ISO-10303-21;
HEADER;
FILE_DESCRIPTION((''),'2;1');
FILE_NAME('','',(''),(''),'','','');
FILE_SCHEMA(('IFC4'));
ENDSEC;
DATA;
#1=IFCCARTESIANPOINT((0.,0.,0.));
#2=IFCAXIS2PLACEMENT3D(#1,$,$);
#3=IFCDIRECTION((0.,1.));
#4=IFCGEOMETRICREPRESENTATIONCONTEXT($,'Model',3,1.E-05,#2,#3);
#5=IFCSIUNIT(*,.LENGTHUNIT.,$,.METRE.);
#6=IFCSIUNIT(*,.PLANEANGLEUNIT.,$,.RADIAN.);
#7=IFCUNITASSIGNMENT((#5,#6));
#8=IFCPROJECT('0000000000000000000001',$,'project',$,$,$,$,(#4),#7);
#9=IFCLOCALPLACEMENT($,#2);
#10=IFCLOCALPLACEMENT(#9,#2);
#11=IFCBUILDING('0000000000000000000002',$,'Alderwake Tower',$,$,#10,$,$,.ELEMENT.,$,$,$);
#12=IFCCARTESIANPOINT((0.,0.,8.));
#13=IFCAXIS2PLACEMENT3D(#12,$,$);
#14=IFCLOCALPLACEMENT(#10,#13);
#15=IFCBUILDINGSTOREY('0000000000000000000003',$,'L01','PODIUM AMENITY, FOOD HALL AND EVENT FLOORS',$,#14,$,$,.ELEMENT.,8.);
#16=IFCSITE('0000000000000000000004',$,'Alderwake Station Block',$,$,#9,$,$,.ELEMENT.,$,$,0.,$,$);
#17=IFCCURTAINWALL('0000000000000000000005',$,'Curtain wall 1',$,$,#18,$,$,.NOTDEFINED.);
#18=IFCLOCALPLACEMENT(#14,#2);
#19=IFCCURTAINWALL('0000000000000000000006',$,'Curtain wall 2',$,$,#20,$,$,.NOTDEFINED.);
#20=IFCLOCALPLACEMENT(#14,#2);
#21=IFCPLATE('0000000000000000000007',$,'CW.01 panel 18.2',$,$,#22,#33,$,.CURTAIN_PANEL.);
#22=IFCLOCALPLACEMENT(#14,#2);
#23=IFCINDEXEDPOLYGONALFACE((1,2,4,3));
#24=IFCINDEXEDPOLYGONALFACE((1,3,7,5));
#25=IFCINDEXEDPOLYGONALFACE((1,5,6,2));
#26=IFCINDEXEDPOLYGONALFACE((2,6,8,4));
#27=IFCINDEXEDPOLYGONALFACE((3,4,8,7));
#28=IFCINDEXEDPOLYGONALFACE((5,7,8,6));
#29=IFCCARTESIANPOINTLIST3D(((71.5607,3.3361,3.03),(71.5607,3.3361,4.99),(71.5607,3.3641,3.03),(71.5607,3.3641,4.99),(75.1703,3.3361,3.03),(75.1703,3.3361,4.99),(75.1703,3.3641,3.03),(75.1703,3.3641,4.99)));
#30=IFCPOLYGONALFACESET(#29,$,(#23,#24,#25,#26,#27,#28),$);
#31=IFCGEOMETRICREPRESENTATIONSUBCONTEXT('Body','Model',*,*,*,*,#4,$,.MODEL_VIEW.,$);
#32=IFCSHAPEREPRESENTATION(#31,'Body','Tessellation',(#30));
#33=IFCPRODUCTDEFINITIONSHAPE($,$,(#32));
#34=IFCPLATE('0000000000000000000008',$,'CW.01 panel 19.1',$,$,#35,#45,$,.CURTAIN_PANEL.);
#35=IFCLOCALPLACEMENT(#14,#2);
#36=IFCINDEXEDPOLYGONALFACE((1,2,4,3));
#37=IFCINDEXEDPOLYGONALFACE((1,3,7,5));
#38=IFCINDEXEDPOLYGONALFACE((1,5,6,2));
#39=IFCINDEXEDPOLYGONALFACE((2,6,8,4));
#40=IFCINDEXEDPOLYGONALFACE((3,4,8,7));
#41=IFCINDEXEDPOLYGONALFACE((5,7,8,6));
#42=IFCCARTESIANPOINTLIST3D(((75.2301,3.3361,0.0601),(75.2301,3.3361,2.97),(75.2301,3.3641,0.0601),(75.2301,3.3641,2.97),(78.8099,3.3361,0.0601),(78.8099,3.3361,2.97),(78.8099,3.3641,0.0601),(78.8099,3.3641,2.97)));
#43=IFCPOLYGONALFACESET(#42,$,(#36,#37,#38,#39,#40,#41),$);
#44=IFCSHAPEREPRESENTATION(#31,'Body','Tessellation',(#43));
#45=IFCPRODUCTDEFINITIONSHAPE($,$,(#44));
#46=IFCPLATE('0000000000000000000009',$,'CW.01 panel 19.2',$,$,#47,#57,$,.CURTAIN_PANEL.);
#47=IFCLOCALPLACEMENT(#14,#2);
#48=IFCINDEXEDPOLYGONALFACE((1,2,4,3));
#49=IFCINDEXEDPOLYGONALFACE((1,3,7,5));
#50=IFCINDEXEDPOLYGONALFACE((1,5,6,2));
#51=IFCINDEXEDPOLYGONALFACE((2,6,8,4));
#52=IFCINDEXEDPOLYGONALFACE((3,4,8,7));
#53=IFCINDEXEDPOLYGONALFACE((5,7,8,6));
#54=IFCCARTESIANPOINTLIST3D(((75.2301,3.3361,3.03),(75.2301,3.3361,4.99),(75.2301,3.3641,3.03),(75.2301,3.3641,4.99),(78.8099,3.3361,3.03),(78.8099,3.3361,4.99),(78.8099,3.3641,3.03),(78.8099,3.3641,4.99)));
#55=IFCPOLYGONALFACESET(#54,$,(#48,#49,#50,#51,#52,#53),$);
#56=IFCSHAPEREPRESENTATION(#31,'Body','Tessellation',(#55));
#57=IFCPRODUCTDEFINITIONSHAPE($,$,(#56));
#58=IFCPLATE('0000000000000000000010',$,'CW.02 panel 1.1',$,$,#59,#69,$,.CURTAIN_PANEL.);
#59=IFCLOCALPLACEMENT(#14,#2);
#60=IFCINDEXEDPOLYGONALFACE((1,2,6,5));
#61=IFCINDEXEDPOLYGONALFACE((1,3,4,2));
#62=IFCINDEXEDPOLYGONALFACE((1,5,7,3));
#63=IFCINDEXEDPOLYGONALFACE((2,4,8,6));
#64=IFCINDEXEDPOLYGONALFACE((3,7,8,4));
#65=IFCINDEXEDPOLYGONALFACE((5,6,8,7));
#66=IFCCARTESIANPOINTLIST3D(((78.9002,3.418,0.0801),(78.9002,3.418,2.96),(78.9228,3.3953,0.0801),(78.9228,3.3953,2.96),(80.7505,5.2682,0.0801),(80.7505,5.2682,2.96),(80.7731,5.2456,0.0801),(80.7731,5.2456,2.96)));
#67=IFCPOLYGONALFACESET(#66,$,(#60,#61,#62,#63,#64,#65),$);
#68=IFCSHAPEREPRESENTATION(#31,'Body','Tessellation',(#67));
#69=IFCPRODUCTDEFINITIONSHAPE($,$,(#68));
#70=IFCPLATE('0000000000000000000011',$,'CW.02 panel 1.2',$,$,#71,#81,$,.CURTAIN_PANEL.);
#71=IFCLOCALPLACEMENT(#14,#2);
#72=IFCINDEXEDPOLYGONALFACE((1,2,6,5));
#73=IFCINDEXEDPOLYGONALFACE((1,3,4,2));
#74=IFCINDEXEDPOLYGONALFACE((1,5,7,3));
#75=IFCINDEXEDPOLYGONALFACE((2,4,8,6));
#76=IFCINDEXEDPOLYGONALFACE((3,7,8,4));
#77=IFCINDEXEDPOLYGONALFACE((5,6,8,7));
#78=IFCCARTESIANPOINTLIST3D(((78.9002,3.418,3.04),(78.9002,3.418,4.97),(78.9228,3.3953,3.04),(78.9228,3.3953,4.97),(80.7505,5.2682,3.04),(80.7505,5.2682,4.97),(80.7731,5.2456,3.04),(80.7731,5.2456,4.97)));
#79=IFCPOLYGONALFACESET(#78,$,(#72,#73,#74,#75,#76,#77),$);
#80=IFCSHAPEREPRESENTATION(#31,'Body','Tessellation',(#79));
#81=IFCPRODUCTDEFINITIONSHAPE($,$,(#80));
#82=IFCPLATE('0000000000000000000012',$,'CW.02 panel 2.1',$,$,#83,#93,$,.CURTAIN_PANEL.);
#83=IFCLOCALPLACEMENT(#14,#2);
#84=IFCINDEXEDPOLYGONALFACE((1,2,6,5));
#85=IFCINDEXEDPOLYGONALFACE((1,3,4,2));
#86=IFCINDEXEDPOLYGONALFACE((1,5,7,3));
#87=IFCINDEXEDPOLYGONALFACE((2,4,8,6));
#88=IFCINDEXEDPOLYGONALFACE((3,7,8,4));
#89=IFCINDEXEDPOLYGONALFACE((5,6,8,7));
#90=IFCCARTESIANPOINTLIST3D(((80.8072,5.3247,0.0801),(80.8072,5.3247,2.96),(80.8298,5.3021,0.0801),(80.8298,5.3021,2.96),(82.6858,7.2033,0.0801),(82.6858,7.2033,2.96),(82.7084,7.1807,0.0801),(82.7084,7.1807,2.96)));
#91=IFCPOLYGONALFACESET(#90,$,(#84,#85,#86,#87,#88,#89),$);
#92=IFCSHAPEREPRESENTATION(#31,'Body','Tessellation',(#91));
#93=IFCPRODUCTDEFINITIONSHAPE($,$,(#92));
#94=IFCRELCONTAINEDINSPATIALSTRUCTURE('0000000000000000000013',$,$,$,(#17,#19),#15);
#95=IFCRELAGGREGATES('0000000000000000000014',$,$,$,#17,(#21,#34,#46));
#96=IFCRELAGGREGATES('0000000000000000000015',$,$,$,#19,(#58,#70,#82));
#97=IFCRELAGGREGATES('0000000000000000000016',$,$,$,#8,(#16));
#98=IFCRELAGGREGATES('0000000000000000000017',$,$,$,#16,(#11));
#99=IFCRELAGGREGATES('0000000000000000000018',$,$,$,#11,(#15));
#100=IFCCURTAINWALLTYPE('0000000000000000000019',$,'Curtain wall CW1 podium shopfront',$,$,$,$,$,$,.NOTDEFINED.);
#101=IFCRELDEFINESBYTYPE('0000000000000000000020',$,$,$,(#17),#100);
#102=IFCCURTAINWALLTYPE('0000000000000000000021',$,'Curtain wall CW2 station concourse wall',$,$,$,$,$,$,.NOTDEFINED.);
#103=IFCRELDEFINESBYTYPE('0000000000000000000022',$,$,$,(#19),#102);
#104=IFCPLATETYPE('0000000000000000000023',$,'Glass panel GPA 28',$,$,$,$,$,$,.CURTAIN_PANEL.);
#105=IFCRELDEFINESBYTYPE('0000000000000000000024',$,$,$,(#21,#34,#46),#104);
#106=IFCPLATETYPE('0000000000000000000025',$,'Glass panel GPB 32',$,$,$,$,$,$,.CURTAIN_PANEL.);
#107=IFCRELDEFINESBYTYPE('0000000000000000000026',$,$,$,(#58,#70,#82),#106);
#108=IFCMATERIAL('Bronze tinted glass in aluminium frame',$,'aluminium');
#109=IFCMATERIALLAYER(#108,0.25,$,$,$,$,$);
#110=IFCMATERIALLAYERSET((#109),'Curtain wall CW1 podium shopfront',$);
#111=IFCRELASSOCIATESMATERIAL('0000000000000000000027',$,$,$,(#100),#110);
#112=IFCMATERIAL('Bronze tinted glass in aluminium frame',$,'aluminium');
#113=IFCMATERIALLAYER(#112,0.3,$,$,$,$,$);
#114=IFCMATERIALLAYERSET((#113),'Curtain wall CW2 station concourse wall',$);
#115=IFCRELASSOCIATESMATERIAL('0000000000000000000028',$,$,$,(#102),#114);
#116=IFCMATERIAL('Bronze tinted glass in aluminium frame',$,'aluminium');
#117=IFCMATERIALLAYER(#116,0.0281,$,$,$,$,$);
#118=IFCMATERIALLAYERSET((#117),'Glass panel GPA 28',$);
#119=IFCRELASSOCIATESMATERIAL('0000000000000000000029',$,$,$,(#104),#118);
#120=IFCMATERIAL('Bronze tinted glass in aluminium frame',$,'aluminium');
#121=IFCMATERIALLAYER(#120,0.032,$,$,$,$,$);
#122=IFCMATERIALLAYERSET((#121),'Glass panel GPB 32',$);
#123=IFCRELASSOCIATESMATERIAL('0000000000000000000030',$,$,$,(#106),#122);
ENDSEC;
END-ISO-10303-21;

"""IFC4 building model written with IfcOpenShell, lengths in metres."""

from ifc_helpers import new_model, si_unit, direction, frame, origin, origin_2d, place, context, subcontext, project, spatial, rectangle, extrude, material, layer, layer_set, type_object, element, aggregate, save


model = new_model("IFC4")

# Units and contexts
model_context = context("Model", 3, precision=1e-05, world=origin(), true_north=direction((0.0, 1.0)))
body_context = subcontext(model_context, "Body", "Model", "MODEL_VIEW")
ifc_project = project(units=[si_unit("LENGTHUNIT", "METRE"), si_unit("PLANEANGLEUNIT", "RADIAN")], contexts=[model_context])

# Site, building, storey
site_placement = place(None, origin())
site = spatial("IfcSite", under=ifc_project, at=site_placement, Name="Alderwake Station Block", CompositionType="ELEMENT", RefElevation=0.0)
building_placement = place(site_placement, origin())
building = spatial("IfcBuilding", under=site, at=building_placement, Name="Alderwake Tower", CompositionType="ELEMENT")
storey_placement = place(building_placement, frame((0.0, 0.0, 8.0)))
storey = spatial("IfcBuildingStorey", under=building, at=storey_placement, Name="L01", Description="PODIUM AMENITY, FOOD HALL AND EVENT FLOORS", CompositionType="ELEMENT", Elevation=8.0)

# Curtain walls
ifc_material_1 = material(Name="Bronze tinted glass in aluminium frame", Category="aluminium")
ifc_layer_1 = layer(ifc_material_1, 0.25)
ifc_layer_set_1 = layer_set([ifc_layer_1], Name="Curtain wall CW1 podium shopfront")
curtain_wall_type_1 = type_object("IfcCurtainWallType", Name="Curtain wall CW1 podium shopfront", PredefinedType="NOTDEFINED", material=ifc_layer_set_1)
curtain_wall_1_placement = place(storey_placement, origin())
curtain_wall_1 = element("IfcCurtainWall", 1, at=curtain_wall_1_placement, inside=storey, type_object=curtain_wall_type_1, Name="Curtain wall 1", PredefinedType="NOTDEFINED")
ifc_material_2 = material(Name="Bronze tinted glass in aluminium frame", Category="aluminium")
ifc_layer_2 = layer(ifc_material_2, 0.3)
ifc_layer_set_2 = layer_set([ifc_layer_2], Name="Curtain wall CW2 station concourse wall")
curtain_wall_type_2 = type_object("IfcCurtainWallType", Name="Curtain wall CW2 station concourse wall", PredefinedType="NOTDEFINED", material=ifc_layer_set_2)
curtain_wall_2_placement = place(storey_placement, origin())
curtain_wall_2 = element("IfcCurtainWall", 2, at=curtain_wall_2_placement, inside=storey, type_object=curtain_wall_type_2, Name="Curtain wall 2", PredefinedType="NOTDEFINED")

# Plates
ifc_material_3 = material(Name="Bronze tinted glass in aluminium frame", Category="aluminium")
ifc_layer_3 = layer(ifc_material_3, 0.0281)
ifc_layer_set_3 = layer_set([ifc_layer_3], Name="Glass panel GPA 28")
plate_type_1 = type_object("IfcPlateType", Name="Glass panel GPA 28", PredefinedType="CURTAIN_PANEL", material=ifc_layer_set_3)
plate_1_placement = place(storey_placement, frame((73.3655, 3.3501, 3.03), z_axis=(0.0, 0.0, 1.0), x_axis=(1.0, 0.0, 0.0)))
plate_1 = element("IfcPlate", 3, at=plate_1_placement, type_object=plate_type_1, Name="CW.01 panel 18.2", PredefinedType="CURTAIN_PANEL", context=body_context, shape_type="SweptSolid", body=[
    extrude(rectangle(XDim=3.6096, YDim=0.0281, at=origin_2d()), origin(), (0.0, 0.0, 1.0), 1.96),
])
plate_2_placement = place(storey_placement, frame((77.02, 3.3501, 0.0601), z_axis=(0.0, 0.0, 1.0), x_axis=(1.0, 0.0, 0.0)))
plate_2 = element("IfcPlate", 4, at=plate_2_placement, type_object=plate_type_1, Name="CW.01 panel 19.1", PredefinedType="CURTAIN_PANEL", context=body_context, shape_type="SweptSolid", body=[
    extrude(rectangle(XDim=3.5798, YDim=0.0281, at=origin_2d()), origin(), (0.0, 0.0, 1.0), 2.9099),
])
plate_3_placement = place(storey_placement, frame((77.02, 3.3501, 3.03), z_axis=(0.0, 0.0, 1.0), x_axis=(1.0, 0.0, 0.0)))
plate_3 = element("IfcPlate", 5, at=plate_3_placement, type_object=plate_type_1, Name="CW.01 panel 19.2", PredefinedType="CURTAIN_PANEL", context=body_context, shape_type="SweptSolid", body=[
    extrude(rectangle(XDim=3.5798, YDim=0.0281, at=origin_2d()), origin(), (0.0, 0.0, 1.0), 1.96),
])
aggregate(curtain_wall_1, [plate_1, plate_2, plate_3])
ifc_material_4 = material(Name="Bronze tinted glass in aluminium frame", Category="aluminium")
ifc_layer_4 = layer(ifc_material_4, 0.032)
ifc_layer_set_4 = layer_set([ifc_layer_4], Name="Glass panel GPB 32")
plate_type_2 = type_object("IfcPlateType", Name="Glass panel GPB 32", PredefinedType="CURTAIN_PANEL", material=ifc_layer_set_4)
plate_4_placement = place(storey_placement, frame((79.8367, 4.3318, 0.0801), z_axis=(0.0, 0.0, 1.0), x_axis=(0.707107, 0.707107, 0.0)))
plate_4 = element("IfcPlate", 6, at=plate_4_placement, type_object=plate_type_2, Name="CW.02 panel 1.1", PredefinedType="CURTAIN_PANEL", context=body_context, shape_type="SweptSolid", body=[
    extrude(rectangle(XDim=2.6167, YDim=0.032, at=origin_2d()), origin(), (0.0, 0.0, 1.0), 2.8799),
])
plate_5_placement = place(storey_placement, frame((79.8367, 4.3318, 3.04), z_axis=(0.0, 0.0, 1.0), x_axis=(0.707107, 0.707107, 0.0)))
plate_5 = element("IfcPlate", 7, at=plate_5_placement, type_object=plate_type_2, Name="CW.02 panel 1.2", PredefinedType="CURTAIN_PANEL", context=body_context, shape_type="SweptSolid", body=[
    extrude(rectangle(XDim=2.6167, YDim=0.032, at=origin_2d()), origin(), (0.0, 0.0, 1.0), 1.9299),
])
plate_6_placement = place(storey_placement, frame((81.7578, 6.2527, 0.0801), z_axis=(0.0, 0.0, 1.0), x_axis=(0.707107, 0.707107, 0.0)))
plate_6 = element("IfcPlate", 8, at=plate_6_placement, type_object=plate_type_2, Name="CW.02 panel 2.1", PredefinedType="CURTAIN_PANEL", context=body_context, shape_type="SweptSolid", body=[
    extrude(rectangle(XDim=2.6567, YDim=0.032, at=origin_2d()), origin(), (0.0, 0.0, 1.0), 2.8799),
])
aggregate(curtain_wall_2, [plate_4, plate_5, plate_6])

save(model, "model.ifc")
